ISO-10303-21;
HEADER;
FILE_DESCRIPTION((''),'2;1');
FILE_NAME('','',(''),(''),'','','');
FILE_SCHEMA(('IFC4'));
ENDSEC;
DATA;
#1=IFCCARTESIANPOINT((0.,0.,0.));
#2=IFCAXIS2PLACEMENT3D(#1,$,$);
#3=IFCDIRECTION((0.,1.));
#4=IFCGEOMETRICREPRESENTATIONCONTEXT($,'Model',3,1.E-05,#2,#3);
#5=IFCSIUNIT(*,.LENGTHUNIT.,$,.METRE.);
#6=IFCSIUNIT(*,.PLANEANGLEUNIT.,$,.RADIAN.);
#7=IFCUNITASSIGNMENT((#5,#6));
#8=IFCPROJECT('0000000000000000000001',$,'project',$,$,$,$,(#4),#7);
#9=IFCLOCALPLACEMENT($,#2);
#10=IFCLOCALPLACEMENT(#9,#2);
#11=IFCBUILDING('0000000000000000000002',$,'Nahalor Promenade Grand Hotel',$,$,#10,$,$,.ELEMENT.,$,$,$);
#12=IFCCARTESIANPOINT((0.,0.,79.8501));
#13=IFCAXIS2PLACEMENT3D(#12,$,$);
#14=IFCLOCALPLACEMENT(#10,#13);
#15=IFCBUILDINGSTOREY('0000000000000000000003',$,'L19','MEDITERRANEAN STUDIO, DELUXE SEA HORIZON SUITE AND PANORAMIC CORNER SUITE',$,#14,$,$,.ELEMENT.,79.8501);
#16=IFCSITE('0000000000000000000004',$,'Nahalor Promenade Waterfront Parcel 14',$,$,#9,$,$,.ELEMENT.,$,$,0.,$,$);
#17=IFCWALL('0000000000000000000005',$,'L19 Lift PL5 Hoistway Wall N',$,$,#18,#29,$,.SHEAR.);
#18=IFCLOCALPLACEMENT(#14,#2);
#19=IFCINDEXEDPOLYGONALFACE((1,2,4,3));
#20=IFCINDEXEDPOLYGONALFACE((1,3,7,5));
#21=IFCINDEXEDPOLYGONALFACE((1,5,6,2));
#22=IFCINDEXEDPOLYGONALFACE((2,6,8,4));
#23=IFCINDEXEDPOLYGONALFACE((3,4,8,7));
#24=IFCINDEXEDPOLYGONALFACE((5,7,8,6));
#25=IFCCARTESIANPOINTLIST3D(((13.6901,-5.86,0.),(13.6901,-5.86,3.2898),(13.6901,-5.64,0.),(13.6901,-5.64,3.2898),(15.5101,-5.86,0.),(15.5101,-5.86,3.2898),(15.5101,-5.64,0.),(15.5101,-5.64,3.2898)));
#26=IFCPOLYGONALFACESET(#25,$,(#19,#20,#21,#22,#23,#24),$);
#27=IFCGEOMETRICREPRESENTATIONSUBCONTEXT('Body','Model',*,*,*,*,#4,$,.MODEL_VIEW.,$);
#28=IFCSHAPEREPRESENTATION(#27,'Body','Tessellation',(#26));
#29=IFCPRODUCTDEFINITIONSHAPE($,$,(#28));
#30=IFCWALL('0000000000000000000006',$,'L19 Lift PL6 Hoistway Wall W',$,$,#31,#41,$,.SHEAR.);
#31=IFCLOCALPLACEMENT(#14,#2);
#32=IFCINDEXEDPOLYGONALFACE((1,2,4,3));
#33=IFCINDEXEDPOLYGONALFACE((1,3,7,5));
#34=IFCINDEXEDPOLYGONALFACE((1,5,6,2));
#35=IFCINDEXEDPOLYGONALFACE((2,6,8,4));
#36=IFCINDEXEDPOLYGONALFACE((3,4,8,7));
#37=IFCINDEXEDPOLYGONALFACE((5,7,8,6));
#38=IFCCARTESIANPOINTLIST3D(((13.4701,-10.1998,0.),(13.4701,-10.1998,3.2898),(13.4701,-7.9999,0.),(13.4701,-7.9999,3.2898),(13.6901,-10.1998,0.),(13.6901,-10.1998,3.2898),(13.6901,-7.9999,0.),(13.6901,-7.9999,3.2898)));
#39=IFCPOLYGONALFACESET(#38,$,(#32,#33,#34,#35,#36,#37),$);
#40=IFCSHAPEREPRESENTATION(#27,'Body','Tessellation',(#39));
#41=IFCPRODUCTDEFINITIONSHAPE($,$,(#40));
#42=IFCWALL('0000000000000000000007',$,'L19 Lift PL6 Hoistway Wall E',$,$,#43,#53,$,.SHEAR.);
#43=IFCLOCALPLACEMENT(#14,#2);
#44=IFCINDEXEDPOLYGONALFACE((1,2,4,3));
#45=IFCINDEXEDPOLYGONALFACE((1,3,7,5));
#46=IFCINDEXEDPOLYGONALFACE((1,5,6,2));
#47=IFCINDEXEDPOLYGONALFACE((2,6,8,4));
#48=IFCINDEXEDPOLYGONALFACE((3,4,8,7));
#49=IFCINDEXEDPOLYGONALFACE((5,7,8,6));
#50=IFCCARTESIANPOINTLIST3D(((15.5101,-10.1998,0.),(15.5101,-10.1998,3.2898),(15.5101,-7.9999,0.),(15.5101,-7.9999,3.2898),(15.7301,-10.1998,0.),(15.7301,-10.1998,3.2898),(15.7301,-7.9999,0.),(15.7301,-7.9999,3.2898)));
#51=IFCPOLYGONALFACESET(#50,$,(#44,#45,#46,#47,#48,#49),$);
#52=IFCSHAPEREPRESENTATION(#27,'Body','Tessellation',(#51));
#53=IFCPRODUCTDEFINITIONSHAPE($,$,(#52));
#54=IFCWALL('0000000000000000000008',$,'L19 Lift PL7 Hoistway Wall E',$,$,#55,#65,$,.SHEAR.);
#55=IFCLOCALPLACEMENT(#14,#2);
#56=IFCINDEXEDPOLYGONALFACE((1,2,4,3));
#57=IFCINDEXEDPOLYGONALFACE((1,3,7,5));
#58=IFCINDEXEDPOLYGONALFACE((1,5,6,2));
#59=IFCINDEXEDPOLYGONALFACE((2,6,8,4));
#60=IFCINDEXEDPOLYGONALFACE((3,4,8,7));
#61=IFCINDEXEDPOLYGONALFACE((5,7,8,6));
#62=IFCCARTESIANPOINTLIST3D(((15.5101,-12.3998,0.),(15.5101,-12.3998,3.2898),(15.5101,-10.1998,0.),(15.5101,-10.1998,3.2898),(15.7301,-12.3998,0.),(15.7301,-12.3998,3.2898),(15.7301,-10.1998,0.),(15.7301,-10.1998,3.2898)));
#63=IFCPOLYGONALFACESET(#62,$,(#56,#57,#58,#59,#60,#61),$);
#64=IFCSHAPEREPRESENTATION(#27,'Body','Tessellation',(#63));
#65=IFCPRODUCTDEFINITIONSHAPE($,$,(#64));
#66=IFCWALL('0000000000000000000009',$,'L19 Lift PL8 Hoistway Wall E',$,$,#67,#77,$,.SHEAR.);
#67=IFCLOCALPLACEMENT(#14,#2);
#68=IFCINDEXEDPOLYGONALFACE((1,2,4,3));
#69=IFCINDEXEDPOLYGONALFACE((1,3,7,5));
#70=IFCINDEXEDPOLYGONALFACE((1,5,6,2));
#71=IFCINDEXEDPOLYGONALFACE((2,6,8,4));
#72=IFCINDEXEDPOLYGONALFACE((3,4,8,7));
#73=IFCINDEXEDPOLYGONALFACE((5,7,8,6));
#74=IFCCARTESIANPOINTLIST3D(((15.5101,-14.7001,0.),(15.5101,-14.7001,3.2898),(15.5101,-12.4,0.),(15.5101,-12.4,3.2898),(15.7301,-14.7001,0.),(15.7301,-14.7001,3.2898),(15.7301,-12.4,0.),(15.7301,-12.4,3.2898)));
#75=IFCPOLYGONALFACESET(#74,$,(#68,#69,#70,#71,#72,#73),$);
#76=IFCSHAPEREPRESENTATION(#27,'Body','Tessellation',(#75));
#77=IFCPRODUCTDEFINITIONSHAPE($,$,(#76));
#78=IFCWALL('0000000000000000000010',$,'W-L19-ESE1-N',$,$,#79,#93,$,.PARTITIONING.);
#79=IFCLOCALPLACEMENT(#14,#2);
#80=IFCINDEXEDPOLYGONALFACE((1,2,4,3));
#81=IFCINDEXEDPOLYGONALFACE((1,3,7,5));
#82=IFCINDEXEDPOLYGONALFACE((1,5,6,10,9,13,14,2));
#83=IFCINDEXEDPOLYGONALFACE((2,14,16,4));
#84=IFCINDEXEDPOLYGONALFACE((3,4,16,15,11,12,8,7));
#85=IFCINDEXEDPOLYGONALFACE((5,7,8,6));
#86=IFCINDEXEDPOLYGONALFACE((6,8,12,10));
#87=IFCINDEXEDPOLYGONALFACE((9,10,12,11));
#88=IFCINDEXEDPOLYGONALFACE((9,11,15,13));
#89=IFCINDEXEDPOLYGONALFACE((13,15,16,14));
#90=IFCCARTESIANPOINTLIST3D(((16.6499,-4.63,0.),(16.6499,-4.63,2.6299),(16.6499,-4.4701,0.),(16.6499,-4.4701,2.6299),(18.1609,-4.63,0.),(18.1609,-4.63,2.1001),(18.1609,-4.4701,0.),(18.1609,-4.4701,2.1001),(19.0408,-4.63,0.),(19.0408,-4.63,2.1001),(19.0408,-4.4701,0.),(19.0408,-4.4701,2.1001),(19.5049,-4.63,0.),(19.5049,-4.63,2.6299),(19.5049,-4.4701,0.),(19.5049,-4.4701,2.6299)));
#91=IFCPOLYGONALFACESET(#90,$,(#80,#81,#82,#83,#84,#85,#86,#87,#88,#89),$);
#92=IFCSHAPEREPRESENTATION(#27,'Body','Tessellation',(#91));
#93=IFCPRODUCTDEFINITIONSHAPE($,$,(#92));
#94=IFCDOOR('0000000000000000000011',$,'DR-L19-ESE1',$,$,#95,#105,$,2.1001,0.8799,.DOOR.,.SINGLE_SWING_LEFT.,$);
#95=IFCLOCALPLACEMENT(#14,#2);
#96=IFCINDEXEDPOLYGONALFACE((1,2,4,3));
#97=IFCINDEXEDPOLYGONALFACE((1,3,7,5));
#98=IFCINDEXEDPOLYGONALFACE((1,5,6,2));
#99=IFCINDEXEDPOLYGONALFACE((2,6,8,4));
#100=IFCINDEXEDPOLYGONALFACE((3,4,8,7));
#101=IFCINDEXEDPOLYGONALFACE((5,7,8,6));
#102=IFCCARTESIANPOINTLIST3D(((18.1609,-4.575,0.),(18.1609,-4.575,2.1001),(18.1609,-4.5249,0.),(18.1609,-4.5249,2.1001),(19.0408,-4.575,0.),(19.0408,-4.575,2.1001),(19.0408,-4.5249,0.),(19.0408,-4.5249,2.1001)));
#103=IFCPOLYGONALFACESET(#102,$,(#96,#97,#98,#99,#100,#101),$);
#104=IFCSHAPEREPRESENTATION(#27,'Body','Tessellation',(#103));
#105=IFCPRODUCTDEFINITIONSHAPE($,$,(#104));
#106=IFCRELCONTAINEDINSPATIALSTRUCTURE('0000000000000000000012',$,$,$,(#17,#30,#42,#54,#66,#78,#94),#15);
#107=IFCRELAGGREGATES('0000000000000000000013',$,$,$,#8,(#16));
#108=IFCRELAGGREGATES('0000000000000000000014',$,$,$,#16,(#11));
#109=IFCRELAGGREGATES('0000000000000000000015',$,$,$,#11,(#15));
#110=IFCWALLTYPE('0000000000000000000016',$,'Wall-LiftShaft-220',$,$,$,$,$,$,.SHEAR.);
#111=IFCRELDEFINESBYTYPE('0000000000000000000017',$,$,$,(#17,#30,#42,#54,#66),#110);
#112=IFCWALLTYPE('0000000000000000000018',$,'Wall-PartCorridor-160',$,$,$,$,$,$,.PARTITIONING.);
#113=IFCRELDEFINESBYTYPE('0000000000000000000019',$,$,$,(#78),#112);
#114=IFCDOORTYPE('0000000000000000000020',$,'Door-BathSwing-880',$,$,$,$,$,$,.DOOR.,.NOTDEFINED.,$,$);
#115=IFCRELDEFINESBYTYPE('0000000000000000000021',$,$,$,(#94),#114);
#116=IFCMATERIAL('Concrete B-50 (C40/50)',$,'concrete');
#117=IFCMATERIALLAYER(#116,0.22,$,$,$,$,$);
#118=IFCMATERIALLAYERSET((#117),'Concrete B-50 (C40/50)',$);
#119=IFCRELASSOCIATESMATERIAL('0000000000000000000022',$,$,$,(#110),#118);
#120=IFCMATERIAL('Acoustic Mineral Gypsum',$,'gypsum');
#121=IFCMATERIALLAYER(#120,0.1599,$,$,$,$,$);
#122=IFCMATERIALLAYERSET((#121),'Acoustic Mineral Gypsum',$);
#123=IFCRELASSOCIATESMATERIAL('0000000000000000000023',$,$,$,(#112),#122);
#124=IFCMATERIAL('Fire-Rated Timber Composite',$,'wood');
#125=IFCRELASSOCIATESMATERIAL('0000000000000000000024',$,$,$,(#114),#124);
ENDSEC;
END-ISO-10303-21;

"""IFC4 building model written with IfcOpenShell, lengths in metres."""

from ifc_helpers import new_model, si_unit, direction, frame, frame_2d, origin, place, context, subcontext, project, spatial, rectangle, extrude, source, transform, mapped, material, layer, layer_set, type_object, element, fill, save


model = new_model("IFC4")

# Units and contexts
model_context = context("Model", 3, precision=1e-05, world=origin(), true_north=direction((0.0, 1.0)))
body_context = subcontext(model_context, "Body", "Model", "MODEL_VIEW")
ifc_project = project(units=[si_unit("LENGTHUNIT", "METRE"), si_unit("PLANEANGLEUNIT", "RADIAN")], contexts=[model_context])

# Site, building, storey
site_placement = place(None, origin())
site = spatial("IfcSite", under=ifc_project, at=site_placement, Name="Nahalor Promenade Waterfront Parcel 14", CompositionType="ELEMENT", RefElevation=0.0)
building_placement = place(site_placement, origin())
building = spatial("IfcBuilding", under=site, at=building_placement, Name="Nahalor Promenade Grand Hotel", CompositionType="ELEMENT")
storey_placement = place(building_placement, frame((0.0, 0.0, 79.8501)))
storey = spatial("IfcBuildingStorey", under=building, at=storey_placement, Name="L19", Description="MEDITERRANEAN STUDIO, DELUXE SEA HORIZON SUITE AND PANORAMIC CORNER SUITE", CompositionType="ELEMENT", Elevation=79.8501)

# Walls
ifc_material_1 = material(Name="Concrete B-50 (C40/50)", Category="concrete")
ifc_layer_1 = layer(ifc_material_1, 0.22)
ifc_layer_set_1 = layer_set([ifc_layer_1], Name="Concrete B-50 (C40/50)")
wall_type_1 = type_object("IfcWallType", Name="Wall-LiftShaft-220", PredefinedType="SHEAR", material=ifc_layer_set_1)
shared_shape_1 = source(origin(), body_context, "Body", "SweptSolid", [
    extrude(rectangle(XDim=1.8201, YDim=0.22, at=frame_2d((0.9102, 0.0))), origin(), (0.0, 0.0, 1.0), 3.2898),
])
wall_1_placement = place(storey_placement, frame((13.6899, -5.75, 0.0), z_axis=(0.0, 0.0, 1.0), x_axis=(1.0, 0.0, 0.0)))
element("IfcWall", 1, at=wall_1_placement, inside=storey, type_object=wall_type_1, Name="L19 Lift PL5 Hoistway Wall N", PredefinedType="SHEAR", context=body_context, shape_type="MappedRepresentation", body=[
    mapped(shared_shape_1, transform((0.0, 0.0, 0.0), scale=1.0)),
])
shared_shape_2 = source(origin(), body_context, "Body", "SweptSolid", [
    extrude(rectangle(XDim=2.2, YDim=0.22, at=frame_2d((1.1001, 0.0))), origin(), (0.0, 0.0, 1.0), 3.2898),
])
for number, where, z_axis, x_axis, name in (
    (2, (13.5801, -10.2, 0.0), (0.0, 0.0, 1.0), (0.0, 1.0, 0.0), "L19 Lift PL6 Hoistway Wall W"),
    (3, (15.6201, -10.2, 0.0), (0.0, 0.0, 1.0), (0.0, 1.0, 0.0), "L19 Lift PL6 Hoistway Wall E"),
    (4, (15.6201, -12.3999, 0.0), (0.0, 0.0, 1.0), (0.0, 1.0, 0.0), "L19 Lift PL7 Hoistway Wall E"),
):
    element("IfcWall", number, at=place(storey_placement, frame(where, z_axis=z_axis, x_axis=x_axis)), inside=storey, type_object=wall_type_1, Name=name, PredefinedType="SHEAR", context=body_context, shape_type="MappedRepresentation", body=[
        mapped(shared_shape_2, transform((0.0, 0.0, 0.0), scale=1.0)),
    ])
shared_shape_3 = source(origin(), body_context, "Body", "SweptSolid", [
    extrude(rectangle(XDim=2.3, YDim=0.22, at=frame_2d((1.1499, 0.0))), origin(), (0.0, 0.0, 1.0), 3.2898),
])
wall_2_placement = place(storey_placement, frame((15.6201, -14.7, 0.0), z_axis=(0.0, 0.0, 1.0), x_axis=(0.0, 1.0, 0.0)))
element("IfcWall", 5, at=wall_2_placement, inside=storey, type_object=wall_type_1, Name="L19 Lift PL8 Hoistway Wall E", PredefinedType="SHEAR", context=body_context, shape_type="MappedRepresentation", body=[
    mapped(shared_shape_3, transform((0.0, 0.0, 0.0), scale=1.0)),
])

# Wall, opening, door
ifc_material_2 = material(Name="Acoustic Mineral Gypsum", Category="gypsum")
ifc_layer_2 = layer(ifc_material_2, 0.1599)
ifc_layer_set_2 = layer_set([ifc_layer_2], Name="Acoustic Mineral Gypsum")
wall_type_2 = type_object("IfcWallType", Name="Wall-PartCorridor-160", PredefinedType="PARTITIONING", material=ifc_layer_set_2)
shared_shape_4 = source(origin(), body_context, "Body", "SweptSolid", [
    extrude(rectangle(XDim=2.855, YDim=0.1599, at=frame_2d((1.4275, 0.0))), origin(), (0.0, 0.0, 1.0), 2.6299),
])
wall_3_placement = place(storey_placement, frame((16.6499, -4.55, 0.0), z_axis=(0.0, 0.0, 1.0), x_axis=(1.0, 0.0, 0.0)))
wall_3 = element("IfcWall", 6, at=wall_3_placement, inside=storey, type_object=wall_type_2, Name="W-L19-ESE1-N", PredefinedType="PARTITIONING", context=body_context, shape_type="MappedRepresentation", body=[
    mapped(shared_shape_4, transform((0.0, 0.0, 0.0), scale=1.0)),
])
opening_placement = place(wall_3_placement, frame((1.511, 0.0, 0.0)))
opening = element("IfcOpeningElement", 7, at=opening_placement, cuts=wall_3, PredefinedType="OPENING", context=body_context, shape_type="SweptSolid", body=[
    extrude(rectangle(XDim=0.8799, YDim=2.1001, at=frame_2d((0.4399, 1.05))), frame((0.0, 0.0898, 0.0), z_axis=(0.0, -1.0, 0.0), x_axis=(1.0, 0.0, 0.0)), (0.0, 0.0, 1.0), 0.1799),
])
ifc_material_3 = material(Name="Fire-Rated Timber Composite", Category="wood")
door_type = type_object("IfcDoorType", Name="Door-BathSwing-880", OperationType="NOTDEFINED", PredefinedType="DOOR", material=ifc_material_3)
shared_shape_5 = source(origin(), body_context, "Body", "SweptSolid", [
    extrude(rectangle(XDim=0.8799, YDim=2.1001, at=frame_2d((0.4399, 1.05))), frame((0.0, 0.0249, 0.0), z_axis=(0.0, -1.0, 0.0), x_axis=(1.0, 0.0, 0.0)), (0.0, 0.0, 1.0), 0.05),
])
door_placement = place(opening_placement, frame((0.8799, 0.0, 0.0), z_axis=(0.0, 0.0, 1.0), x_axis=(-1.0, 0.0, 0.0)))
door = element("IfcDoor", 8, at=door_placement, inside=storey, type_object=door_type, Name="DR-L19-ESE1", OperationType="SINGLE_SWING_LEFT", OverallHeight=2.1001, OverallWidth=0.8799, PredefinedType="DOOR", context=body_context, shape_type="MappedRepresentation", body=[
    mapped(shared_shape_5, transform((0.0, 0.0, 0.0), scale=1.0)),
])
fill(opening, door)

save(model, "model.ifc")
